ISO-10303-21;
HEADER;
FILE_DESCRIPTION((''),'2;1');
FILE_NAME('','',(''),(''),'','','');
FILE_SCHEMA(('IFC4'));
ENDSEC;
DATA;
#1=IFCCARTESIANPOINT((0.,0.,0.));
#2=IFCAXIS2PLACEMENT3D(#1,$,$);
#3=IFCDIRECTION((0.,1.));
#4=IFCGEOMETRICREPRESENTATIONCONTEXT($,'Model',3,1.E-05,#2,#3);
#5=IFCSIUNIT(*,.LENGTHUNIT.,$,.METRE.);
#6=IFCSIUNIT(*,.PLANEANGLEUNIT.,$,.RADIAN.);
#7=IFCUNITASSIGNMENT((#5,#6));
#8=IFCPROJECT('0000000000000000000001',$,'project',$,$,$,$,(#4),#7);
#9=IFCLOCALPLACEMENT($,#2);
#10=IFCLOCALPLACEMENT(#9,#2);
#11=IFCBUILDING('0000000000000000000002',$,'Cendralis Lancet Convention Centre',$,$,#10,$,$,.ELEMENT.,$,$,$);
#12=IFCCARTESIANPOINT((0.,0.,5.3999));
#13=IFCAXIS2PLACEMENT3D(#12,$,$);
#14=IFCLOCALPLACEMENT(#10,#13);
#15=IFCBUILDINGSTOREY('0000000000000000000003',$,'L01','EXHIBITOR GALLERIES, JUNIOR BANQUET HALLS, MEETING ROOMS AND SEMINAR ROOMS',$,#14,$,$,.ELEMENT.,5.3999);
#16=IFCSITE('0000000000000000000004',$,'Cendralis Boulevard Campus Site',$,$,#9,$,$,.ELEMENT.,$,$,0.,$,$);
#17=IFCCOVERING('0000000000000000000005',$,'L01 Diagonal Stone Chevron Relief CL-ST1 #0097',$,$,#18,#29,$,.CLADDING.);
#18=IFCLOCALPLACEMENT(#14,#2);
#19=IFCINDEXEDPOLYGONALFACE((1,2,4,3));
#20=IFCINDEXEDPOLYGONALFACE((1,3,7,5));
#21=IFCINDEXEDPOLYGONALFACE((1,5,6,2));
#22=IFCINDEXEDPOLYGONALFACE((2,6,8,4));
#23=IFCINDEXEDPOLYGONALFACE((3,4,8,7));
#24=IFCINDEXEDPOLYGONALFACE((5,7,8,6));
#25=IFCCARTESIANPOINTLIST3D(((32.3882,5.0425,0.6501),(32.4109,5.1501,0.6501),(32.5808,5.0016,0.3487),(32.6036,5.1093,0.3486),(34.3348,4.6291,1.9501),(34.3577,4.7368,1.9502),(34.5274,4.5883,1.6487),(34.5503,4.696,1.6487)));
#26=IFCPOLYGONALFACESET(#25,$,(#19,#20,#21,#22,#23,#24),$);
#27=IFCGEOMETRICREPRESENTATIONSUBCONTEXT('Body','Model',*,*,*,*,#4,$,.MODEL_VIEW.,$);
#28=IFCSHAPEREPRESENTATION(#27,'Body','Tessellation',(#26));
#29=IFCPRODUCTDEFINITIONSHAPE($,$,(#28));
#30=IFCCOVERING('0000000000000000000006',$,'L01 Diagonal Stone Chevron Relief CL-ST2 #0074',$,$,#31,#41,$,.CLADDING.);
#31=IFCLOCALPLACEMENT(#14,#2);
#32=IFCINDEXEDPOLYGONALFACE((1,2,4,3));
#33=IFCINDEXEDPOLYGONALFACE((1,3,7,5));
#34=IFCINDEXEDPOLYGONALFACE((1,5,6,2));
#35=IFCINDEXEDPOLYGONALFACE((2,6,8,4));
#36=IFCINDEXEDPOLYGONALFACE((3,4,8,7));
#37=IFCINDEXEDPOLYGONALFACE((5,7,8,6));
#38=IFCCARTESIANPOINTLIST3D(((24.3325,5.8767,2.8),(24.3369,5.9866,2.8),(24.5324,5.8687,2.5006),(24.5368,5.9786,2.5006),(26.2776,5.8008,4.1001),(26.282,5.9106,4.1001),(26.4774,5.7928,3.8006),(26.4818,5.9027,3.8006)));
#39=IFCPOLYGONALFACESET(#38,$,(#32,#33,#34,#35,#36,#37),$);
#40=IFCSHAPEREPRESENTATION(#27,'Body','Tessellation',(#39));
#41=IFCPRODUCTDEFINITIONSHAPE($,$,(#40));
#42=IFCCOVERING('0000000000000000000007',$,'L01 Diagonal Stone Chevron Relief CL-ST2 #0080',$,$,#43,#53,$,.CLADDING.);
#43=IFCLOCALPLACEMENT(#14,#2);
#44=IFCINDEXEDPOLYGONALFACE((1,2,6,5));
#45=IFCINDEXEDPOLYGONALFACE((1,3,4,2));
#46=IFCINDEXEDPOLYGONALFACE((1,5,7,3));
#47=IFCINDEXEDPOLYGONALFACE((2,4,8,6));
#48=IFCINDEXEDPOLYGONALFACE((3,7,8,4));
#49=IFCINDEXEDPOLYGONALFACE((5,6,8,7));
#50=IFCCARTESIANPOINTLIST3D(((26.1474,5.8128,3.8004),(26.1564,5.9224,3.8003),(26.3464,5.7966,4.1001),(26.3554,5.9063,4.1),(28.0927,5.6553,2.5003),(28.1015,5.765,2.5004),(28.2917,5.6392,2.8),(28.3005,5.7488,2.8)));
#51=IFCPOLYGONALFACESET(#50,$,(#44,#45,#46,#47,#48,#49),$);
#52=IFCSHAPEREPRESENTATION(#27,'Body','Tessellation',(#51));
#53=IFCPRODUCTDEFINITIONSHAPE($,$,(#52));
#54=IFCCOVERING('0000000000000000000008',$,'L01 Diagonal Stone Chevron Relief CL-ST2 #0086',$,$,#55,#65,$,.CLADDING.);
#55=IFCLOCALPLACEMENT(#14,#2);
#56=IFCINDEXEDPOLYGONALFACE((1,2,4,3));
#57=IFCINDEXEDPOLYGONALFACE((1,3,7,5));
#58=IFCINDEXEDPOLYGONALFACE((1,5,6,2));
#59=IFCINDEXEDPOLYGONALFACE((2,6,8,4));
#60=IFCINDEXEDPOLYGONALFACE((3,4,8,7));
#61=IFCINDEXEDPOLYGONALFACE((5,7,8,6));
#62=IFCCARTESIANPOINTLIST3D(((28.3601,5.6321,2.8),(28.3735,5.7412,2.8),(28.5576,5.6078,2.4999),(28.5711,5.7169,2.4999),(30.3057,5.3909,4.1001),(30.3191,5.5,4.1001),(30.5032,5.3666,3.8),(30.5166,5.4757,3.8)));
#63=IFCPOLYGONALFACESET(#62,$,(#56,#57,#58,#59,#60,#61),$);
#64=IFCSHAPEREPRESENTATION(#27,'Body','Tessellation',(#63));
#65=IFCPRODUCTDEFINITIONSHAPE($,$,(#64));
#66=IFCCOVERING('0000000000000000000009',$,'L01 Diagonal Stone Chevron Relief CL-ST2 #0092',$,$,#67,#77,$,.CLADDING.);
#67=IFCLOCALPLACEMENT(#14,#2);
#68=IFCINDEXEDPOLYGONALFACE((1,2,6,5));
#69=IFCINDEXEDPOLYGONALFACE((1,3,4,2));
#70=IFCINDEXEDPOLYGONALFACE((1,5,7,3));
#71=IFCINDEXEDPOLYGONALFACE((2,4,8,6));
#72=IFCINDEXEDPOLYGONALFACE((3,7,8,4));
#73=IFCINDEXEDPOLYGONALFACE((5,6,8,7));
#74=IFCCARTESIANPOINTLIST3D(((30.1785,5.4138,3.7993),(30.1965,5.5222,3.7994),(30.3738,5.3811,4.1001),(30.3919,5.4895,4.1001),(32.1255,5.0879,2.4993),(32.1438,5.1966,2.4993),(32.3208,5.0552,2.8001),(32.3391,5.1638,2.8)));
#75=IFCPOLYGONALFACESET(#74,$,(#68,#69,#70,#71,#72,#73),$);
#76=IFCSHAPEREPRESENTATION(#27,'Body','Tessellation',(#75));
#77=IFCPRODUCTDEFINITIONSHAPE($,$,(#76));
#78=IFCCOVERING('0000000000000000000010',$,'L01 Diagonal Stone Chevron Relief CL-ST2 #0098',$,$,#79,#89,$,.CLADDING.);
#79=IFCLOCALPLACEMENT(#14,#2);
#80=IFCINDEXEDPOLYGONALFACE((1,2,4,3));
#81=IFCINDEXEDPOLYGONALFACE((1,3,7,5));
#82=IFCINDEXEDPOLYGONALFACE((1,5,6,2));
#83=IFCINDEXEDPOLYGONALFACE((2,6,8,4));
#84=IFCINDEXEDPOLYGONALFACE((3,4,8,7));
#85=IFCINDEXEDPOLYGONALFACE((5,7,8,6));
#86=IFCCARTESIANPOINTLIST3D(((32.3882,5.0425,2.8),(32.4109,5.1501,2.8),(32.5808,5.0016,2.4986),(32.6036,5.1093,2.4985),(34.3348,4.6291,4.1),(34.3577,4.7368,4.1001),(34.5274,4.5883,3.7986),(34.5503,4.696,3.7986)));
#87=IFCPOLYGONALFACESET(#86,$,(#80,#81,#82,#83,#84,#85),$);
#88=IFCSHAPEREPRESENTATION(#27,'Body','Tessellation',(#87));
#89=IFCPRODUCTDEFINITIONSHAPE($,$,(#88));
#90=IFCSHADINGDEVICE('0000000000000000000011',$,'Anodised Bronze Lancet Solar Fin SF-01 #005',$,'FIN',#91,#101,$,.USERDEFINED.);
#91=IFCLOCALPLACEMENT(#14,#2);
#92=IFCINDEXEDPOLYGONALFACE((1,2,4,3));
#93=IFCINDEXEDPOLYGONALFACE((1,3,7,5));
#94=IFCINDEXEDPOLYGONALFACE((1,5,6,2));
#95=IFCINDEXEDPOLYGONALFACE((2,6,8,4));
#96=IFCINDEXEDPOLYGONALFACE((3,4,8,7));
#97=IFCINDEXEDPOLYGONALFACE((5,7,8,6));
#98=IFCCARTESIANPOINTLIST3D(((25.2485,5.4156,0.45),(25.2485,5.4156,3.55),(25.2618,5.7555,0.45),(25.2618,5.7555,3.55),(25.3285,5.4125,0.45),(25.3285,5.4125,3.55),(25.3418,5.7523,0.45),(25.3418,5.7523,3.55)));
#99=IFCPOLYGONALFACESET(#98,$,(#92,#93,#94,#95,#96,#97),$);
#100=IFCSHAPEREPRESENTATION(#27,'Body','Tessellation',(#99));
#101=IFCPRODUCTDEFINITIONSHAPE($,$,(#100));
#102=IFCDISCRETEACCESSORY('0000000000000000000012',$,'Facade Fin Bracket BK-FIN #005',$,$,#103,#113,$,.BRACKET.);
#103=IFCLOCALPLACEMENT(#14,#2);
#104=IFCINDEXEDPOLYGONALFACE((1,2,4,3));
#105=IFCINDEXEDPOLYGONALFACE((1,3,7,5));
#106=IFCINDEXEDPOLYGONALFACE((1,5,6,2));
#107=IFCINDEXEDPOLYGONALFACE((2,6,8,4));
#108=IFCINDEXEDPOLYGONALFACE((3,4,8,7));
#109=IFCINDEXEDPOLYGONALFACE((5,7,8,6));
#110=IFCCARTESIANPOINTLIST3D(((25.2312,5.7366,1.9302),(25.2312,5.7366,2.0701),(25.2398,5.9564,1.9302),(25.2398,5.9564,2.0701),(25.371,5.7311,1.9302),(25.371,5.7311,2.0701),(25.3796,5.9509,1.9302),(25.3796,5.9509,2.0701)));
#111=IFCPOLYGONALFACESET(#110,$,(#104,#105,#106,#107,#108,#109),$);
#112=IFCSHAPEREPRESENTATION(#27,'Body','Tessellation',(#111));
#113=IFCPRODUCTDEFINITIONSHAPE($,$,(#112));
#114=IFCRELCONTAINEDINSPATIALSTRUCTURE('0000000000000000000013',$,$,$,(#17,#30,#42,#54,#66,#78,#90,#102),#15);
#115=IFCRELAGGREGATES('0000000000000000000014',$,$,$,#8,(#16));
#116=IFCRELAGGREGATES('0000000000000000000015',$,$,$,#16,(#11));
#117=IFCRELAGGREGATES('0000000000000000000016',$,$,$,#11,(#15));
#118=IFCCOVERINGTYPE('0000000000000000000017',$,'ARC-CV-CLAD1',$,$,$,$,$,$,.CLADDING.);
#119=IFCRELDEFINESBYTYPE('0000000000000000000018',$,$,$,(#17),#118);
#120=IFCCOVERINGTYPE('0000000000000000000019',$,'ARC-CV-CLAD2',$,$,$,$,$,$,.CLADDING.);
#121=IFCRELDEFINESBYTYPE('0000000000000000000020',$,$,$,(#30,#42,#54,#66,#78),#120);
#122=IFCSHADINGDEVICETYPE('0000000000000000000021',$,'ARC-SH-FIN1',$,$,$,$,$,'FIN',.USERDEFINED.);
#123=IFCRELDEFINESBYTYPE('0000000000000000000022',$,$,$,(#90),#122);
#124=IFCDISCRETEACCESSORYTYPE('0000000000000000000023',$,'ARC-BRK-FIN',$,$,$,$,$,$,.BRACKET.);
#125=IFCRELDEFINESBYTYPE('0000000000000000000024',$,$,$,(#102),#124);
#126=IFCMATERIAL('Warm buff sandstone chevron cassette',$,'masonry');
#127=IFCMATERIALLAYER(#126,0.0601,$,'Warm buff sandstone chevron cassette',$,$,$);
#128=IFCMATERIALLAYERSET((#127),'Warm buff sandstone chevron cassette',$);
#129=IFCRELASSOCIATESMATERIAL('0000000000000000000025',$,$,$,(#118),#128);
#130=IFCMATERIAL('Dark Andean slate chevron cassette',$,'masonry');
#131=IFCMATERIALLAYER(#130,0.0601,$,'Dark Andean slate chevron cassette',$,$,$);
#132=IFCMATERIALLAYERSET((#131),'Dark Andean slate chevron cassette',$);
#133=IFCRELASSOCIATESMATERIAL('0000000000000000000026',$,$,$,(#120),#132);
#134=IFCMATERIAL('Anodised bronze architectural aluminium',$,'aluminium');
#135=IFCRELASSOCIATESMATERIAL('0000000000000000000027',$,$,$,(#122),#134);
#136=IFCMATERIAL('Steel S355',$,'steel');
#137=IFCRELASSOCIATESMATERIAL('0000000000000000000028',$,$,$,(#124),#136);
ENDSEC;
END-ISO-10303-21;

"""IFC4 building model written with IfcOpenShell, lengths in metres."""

from ifc_helpers import new_model, si_unit, direction, frame, origin, origin_2d, place, context, subcontext, project, spatial, polyline, rectangle, outline, extrude, material, layer, layer_set, type_object, element, save


model = new_model("IFC4")

# Units and contexts
model_context = context("Model", 3, precision=1e-05, world=origin(), true_north=direction((0.0, 1.0)))
body_context = subcontext(model_context, "Body", "Model", "MODEL_VIEW")
ifc_project = project(units=[si_unit("LENGTHUNIT", "METRE"), si_unit("PLANEANGLEUNIT", "RADIAN")], contexts=[model_context])

# Site, building, storey
site_placement = place(None, origin())
site = spatial("IfcSite", under=ifc_project, at=site_placement, Name="Cendralis Boulevard Campus Site", CompositionType="ELEMENT", RefElevation=0.0)
building_placement = place(site_placement, origin())
building = spatial("IfcBuilding", under=site, at=building_placement, Name="Cendralis Lancet Convention Centre", CompositionType="ELEMENT")
storey_placement = place(building_placement, frame((0.0, 0.0, 5.3999)))
storey = spatial("IfcBuildingStorey", under=building, at=storey_placement, Name="L01", Description="EXHIBITOR GALLERIES, JUNIOR BANQUET HALLS, MEETING ROOMS AND SEMINAR ROOMS", CompositionType="ELEMENT", Elevation=5.3999)

# Shared definitions
ifc_material_1 = material(Name="Steel S355", Category="steel")

# Shared definitions
ifc_material_2 = material(Name="Warm buff sandstone chevron cassette", Category="masonry")
ifc_material_3 = material(Name="Dark Andean slate chevron cassette", Category="masonry")

# Coverings
ifc_layer_1 = layer(ifc_material_2, 0.0601, Name="Warm buff sandstone chevron cassette")
ifc_layer_set_1 = layer_set([ifc_layer_1], Name="Warm buff sandstone chevron cassette")
covering_type_1 = type_object("IfcCoveringType", Name="ARC-CV-CLAD1", PredefinedType="CLADDING", material=ifc_layer_set_1)
covering_1_placement = place(storey_placement, frame((32.3882, 5.0425, 0.6501), z_axis=(-0.535021, 0.113434, 0.837189), x_axis=(0.81893, -0.173893, 0.546914)))
element("IfcCovering", 1, at=covering_1_placement, inside=storey, type_object=covering_type_1, Name="L01 Diagonal Stone Chevron Relief CL-ST1 #0097", PredefinedType="CLADDING", context=body_context, shape_type="SweptSolid", body=[
    extrude(outline(polyline([(0.0, 0.0), (2.377, 0.0), (2.377, 0.1101), (-0.0001, 0.11), (0.0, 0.0)])), origin(), (0.0, 0.0, -1.0), 0.3601),
])
ifc_layer_2 = layer(ifc_material_3, 0.0601, Name="Dark Andean slate chevron cassette")
ifc_layer_set_2 = layer_set([ifc_layer_2], Name="Dark Andean slate chevron cassette")
covering_type_2 = type_object("IfcCoveringType", Name="ARC-CV-CLAD2", PredefinedType="CLADDING", material=ifc_layer_set_2)
covering_2_placement = place(storey_placement, frame((24.3325, 5.8767, 2.8), z_axis=(-0.554951, 0.022198, 0.831587), x_axis=(0.830954, -0.032437, 0.555395)))
element("IfcCovering", 2, at=covering_2_placement, inside=storey, type_object=covering_type_2, Name="L01 Diagonal Stone Chevron Relief CL-ST2 #0074", PredefinedType="CLADDING", context=body_context, shape_type="SweptSolid", body=[
    extrude(outline(polyline([(0.0, 0.0), (2.3408, 0.0), (2.3409, 0.11), (0.0001, 0.11), (0.0, 0.0)])), origin(), (0.0, 0.0, -1.0), 0.3601),
])
covering_3_placement = place(storey_placement, frame((26.3464, 5.7966, 4.1001), z_axis=(0.552586, -0.044921, 0.832245), x_axis=(0.829531, -0.06715, -0.554409)))
element("IfcCovering", 3, at=covering_3_placement, inside=storey, type_object=covering_type_2, Name="L01 Diagonal Stone Chevron Relief CL-ST2 #0080", PredefinedType="CLADDING", context=body_context, shape_type="SweptSolid", body=[
    extrude(outline(polyline([(0.0, 0.0), (2.345, 0.0), (2.345, 0.11), (0.0001, 0.11), (0.0, 0.0)])), origin(), (0.0, 0.0, -1.0), 0.3601),
])
covering_4_placement = place(storey_placement, frame((28.3601, 5.6321, 2.8), z_axis=(-0.548526, 0.067492, 0.833405), x_axis=(0.827073, -0.102541, 0.552662)))
element("IfcCovering", 4, at=covering_4_placement, inside=storey, type_object=covering_type_2, Name="L01 Diagonal Stone Chevron Relief CL-ST2 #0086", PredefinedType="CLADDING", context=body_context, shape_type="SweptSolid", body=[
    extrude(outline(polyline([(0.0, 0.0), (2.3523, 0.0), (2.3523, 0.11), (-0.0001, 0.11), (0.0, 0.0)])), origin(), (0.0, 0.0, -1.0), 0.3601),
])
covering_5_placement = place(storey_placement, frame((30.3738, 5.3811, 4.1001), z_axis=(0.542412, -0.09091, 0.835179), x_axis=(0.823718, -0.137889, -0.549978)))
element("IfcCovering", 5, at=covering_5_placement, inside=storey, type_object=covering_type_2, Name="L01 Diagonal Stone Chevron Relief CL-ST2 #0092", PredefinedType="CLADDING", context=body_context, shape_type="SweptSolid", body=[
    extrude(outline(polyline([(0.0, 0.0), (2.3637, 0.0), (2.3638, 0.1102), (-0.0001, 0.1099), (0.0, 0.0)])), origin(), (0.0, 0.0, -1.0), 0.3601),
])
covering_6_placement = place(storey_placement, frame((32.3882, 5.0425, 2.8), z_axis=(-0.535021, 0.113434, 0.837189), x_axis=(0.81893, -0.173893, 0.546914)))
element("IfcCovering", 6, at=covering_6_placement, inside=storey, type_object=covering_type_2, Name="L01 Diagonal Stone Chevron Relief CL-ST2 #0098", PredefinedType="CLADDING", context=body_context, shape_type="SweptSolid", body=[
    extrude(outline(polyline([(0.0, 0.0), (2.377, 0.0), (2.377, 0.1101), (-0.0001, 0.11), (0.0, 0.0)])), origin(), (0.0, 0.0, -1.0), 0.3601),
])

# Shading device
ifc_material_4 = material(Name="Anodised bronze architectural aluminium", Category="aluminium")
shading_device_type = type_object("IfcShadingDeviceType", Name="ARC-SH-FIN1", ElementType="FIN", PredefinedType="USERDEFINED", material=ifc_material_4)
shading_device_placement = place(storey_placement, frame((25.2952, 5.584, 0.45), z_axis=(0.0, 0.0, 1.0), x_axis=(0.99924, -0.038981, 0.0)))
element("IfcShadingDevice", 7, at=shading_device_placement, inside=storey, type_object=shading_device_type, Name="Anodised Bronze Lancet Solar Fin SF-01 #005", ObjectType="FIN", PredefinedType="USERDEFINED", context=body_context, shape_type="SweptSolid", body=[
    extrude(rectangle(XDim=0.0801, YDim=0.3401, at=origin_2d()), origin(), (0.0, 0.0, 1.0), 3.1001),
])

# Discrete accessory
discrete_accessory_type = type_object("IfcDiscreteAccessoryType", Name="ARC-BRK-FIN", PredefinedType="BRACKET", material=ifc_material_1)
discrete_accessory_placement = place(storey_placement, frame((25.3054, 5.8438, 1.9302), z_axis=(0.0, 0.0, 1.0), x_axis=(0.99924, -0.038981, 0.0)))
element("IfcDiscreteAccessory", 8, at=discrete_accessory_placement, inside=storey, type_object=discrete_accessory_type, Name="Facade Fin Bracket BK-FIN #005", PredefinedType="BRACKET", context=body_context, shape_type="SweptSolid", body=[
    extrude(rectangle(XDim=0.1399, YDim=0.22, at=origin_2d()), origin(), (0.0, 0.0, 1.0), 0.1399),
])

save(model, "model.ifc")
